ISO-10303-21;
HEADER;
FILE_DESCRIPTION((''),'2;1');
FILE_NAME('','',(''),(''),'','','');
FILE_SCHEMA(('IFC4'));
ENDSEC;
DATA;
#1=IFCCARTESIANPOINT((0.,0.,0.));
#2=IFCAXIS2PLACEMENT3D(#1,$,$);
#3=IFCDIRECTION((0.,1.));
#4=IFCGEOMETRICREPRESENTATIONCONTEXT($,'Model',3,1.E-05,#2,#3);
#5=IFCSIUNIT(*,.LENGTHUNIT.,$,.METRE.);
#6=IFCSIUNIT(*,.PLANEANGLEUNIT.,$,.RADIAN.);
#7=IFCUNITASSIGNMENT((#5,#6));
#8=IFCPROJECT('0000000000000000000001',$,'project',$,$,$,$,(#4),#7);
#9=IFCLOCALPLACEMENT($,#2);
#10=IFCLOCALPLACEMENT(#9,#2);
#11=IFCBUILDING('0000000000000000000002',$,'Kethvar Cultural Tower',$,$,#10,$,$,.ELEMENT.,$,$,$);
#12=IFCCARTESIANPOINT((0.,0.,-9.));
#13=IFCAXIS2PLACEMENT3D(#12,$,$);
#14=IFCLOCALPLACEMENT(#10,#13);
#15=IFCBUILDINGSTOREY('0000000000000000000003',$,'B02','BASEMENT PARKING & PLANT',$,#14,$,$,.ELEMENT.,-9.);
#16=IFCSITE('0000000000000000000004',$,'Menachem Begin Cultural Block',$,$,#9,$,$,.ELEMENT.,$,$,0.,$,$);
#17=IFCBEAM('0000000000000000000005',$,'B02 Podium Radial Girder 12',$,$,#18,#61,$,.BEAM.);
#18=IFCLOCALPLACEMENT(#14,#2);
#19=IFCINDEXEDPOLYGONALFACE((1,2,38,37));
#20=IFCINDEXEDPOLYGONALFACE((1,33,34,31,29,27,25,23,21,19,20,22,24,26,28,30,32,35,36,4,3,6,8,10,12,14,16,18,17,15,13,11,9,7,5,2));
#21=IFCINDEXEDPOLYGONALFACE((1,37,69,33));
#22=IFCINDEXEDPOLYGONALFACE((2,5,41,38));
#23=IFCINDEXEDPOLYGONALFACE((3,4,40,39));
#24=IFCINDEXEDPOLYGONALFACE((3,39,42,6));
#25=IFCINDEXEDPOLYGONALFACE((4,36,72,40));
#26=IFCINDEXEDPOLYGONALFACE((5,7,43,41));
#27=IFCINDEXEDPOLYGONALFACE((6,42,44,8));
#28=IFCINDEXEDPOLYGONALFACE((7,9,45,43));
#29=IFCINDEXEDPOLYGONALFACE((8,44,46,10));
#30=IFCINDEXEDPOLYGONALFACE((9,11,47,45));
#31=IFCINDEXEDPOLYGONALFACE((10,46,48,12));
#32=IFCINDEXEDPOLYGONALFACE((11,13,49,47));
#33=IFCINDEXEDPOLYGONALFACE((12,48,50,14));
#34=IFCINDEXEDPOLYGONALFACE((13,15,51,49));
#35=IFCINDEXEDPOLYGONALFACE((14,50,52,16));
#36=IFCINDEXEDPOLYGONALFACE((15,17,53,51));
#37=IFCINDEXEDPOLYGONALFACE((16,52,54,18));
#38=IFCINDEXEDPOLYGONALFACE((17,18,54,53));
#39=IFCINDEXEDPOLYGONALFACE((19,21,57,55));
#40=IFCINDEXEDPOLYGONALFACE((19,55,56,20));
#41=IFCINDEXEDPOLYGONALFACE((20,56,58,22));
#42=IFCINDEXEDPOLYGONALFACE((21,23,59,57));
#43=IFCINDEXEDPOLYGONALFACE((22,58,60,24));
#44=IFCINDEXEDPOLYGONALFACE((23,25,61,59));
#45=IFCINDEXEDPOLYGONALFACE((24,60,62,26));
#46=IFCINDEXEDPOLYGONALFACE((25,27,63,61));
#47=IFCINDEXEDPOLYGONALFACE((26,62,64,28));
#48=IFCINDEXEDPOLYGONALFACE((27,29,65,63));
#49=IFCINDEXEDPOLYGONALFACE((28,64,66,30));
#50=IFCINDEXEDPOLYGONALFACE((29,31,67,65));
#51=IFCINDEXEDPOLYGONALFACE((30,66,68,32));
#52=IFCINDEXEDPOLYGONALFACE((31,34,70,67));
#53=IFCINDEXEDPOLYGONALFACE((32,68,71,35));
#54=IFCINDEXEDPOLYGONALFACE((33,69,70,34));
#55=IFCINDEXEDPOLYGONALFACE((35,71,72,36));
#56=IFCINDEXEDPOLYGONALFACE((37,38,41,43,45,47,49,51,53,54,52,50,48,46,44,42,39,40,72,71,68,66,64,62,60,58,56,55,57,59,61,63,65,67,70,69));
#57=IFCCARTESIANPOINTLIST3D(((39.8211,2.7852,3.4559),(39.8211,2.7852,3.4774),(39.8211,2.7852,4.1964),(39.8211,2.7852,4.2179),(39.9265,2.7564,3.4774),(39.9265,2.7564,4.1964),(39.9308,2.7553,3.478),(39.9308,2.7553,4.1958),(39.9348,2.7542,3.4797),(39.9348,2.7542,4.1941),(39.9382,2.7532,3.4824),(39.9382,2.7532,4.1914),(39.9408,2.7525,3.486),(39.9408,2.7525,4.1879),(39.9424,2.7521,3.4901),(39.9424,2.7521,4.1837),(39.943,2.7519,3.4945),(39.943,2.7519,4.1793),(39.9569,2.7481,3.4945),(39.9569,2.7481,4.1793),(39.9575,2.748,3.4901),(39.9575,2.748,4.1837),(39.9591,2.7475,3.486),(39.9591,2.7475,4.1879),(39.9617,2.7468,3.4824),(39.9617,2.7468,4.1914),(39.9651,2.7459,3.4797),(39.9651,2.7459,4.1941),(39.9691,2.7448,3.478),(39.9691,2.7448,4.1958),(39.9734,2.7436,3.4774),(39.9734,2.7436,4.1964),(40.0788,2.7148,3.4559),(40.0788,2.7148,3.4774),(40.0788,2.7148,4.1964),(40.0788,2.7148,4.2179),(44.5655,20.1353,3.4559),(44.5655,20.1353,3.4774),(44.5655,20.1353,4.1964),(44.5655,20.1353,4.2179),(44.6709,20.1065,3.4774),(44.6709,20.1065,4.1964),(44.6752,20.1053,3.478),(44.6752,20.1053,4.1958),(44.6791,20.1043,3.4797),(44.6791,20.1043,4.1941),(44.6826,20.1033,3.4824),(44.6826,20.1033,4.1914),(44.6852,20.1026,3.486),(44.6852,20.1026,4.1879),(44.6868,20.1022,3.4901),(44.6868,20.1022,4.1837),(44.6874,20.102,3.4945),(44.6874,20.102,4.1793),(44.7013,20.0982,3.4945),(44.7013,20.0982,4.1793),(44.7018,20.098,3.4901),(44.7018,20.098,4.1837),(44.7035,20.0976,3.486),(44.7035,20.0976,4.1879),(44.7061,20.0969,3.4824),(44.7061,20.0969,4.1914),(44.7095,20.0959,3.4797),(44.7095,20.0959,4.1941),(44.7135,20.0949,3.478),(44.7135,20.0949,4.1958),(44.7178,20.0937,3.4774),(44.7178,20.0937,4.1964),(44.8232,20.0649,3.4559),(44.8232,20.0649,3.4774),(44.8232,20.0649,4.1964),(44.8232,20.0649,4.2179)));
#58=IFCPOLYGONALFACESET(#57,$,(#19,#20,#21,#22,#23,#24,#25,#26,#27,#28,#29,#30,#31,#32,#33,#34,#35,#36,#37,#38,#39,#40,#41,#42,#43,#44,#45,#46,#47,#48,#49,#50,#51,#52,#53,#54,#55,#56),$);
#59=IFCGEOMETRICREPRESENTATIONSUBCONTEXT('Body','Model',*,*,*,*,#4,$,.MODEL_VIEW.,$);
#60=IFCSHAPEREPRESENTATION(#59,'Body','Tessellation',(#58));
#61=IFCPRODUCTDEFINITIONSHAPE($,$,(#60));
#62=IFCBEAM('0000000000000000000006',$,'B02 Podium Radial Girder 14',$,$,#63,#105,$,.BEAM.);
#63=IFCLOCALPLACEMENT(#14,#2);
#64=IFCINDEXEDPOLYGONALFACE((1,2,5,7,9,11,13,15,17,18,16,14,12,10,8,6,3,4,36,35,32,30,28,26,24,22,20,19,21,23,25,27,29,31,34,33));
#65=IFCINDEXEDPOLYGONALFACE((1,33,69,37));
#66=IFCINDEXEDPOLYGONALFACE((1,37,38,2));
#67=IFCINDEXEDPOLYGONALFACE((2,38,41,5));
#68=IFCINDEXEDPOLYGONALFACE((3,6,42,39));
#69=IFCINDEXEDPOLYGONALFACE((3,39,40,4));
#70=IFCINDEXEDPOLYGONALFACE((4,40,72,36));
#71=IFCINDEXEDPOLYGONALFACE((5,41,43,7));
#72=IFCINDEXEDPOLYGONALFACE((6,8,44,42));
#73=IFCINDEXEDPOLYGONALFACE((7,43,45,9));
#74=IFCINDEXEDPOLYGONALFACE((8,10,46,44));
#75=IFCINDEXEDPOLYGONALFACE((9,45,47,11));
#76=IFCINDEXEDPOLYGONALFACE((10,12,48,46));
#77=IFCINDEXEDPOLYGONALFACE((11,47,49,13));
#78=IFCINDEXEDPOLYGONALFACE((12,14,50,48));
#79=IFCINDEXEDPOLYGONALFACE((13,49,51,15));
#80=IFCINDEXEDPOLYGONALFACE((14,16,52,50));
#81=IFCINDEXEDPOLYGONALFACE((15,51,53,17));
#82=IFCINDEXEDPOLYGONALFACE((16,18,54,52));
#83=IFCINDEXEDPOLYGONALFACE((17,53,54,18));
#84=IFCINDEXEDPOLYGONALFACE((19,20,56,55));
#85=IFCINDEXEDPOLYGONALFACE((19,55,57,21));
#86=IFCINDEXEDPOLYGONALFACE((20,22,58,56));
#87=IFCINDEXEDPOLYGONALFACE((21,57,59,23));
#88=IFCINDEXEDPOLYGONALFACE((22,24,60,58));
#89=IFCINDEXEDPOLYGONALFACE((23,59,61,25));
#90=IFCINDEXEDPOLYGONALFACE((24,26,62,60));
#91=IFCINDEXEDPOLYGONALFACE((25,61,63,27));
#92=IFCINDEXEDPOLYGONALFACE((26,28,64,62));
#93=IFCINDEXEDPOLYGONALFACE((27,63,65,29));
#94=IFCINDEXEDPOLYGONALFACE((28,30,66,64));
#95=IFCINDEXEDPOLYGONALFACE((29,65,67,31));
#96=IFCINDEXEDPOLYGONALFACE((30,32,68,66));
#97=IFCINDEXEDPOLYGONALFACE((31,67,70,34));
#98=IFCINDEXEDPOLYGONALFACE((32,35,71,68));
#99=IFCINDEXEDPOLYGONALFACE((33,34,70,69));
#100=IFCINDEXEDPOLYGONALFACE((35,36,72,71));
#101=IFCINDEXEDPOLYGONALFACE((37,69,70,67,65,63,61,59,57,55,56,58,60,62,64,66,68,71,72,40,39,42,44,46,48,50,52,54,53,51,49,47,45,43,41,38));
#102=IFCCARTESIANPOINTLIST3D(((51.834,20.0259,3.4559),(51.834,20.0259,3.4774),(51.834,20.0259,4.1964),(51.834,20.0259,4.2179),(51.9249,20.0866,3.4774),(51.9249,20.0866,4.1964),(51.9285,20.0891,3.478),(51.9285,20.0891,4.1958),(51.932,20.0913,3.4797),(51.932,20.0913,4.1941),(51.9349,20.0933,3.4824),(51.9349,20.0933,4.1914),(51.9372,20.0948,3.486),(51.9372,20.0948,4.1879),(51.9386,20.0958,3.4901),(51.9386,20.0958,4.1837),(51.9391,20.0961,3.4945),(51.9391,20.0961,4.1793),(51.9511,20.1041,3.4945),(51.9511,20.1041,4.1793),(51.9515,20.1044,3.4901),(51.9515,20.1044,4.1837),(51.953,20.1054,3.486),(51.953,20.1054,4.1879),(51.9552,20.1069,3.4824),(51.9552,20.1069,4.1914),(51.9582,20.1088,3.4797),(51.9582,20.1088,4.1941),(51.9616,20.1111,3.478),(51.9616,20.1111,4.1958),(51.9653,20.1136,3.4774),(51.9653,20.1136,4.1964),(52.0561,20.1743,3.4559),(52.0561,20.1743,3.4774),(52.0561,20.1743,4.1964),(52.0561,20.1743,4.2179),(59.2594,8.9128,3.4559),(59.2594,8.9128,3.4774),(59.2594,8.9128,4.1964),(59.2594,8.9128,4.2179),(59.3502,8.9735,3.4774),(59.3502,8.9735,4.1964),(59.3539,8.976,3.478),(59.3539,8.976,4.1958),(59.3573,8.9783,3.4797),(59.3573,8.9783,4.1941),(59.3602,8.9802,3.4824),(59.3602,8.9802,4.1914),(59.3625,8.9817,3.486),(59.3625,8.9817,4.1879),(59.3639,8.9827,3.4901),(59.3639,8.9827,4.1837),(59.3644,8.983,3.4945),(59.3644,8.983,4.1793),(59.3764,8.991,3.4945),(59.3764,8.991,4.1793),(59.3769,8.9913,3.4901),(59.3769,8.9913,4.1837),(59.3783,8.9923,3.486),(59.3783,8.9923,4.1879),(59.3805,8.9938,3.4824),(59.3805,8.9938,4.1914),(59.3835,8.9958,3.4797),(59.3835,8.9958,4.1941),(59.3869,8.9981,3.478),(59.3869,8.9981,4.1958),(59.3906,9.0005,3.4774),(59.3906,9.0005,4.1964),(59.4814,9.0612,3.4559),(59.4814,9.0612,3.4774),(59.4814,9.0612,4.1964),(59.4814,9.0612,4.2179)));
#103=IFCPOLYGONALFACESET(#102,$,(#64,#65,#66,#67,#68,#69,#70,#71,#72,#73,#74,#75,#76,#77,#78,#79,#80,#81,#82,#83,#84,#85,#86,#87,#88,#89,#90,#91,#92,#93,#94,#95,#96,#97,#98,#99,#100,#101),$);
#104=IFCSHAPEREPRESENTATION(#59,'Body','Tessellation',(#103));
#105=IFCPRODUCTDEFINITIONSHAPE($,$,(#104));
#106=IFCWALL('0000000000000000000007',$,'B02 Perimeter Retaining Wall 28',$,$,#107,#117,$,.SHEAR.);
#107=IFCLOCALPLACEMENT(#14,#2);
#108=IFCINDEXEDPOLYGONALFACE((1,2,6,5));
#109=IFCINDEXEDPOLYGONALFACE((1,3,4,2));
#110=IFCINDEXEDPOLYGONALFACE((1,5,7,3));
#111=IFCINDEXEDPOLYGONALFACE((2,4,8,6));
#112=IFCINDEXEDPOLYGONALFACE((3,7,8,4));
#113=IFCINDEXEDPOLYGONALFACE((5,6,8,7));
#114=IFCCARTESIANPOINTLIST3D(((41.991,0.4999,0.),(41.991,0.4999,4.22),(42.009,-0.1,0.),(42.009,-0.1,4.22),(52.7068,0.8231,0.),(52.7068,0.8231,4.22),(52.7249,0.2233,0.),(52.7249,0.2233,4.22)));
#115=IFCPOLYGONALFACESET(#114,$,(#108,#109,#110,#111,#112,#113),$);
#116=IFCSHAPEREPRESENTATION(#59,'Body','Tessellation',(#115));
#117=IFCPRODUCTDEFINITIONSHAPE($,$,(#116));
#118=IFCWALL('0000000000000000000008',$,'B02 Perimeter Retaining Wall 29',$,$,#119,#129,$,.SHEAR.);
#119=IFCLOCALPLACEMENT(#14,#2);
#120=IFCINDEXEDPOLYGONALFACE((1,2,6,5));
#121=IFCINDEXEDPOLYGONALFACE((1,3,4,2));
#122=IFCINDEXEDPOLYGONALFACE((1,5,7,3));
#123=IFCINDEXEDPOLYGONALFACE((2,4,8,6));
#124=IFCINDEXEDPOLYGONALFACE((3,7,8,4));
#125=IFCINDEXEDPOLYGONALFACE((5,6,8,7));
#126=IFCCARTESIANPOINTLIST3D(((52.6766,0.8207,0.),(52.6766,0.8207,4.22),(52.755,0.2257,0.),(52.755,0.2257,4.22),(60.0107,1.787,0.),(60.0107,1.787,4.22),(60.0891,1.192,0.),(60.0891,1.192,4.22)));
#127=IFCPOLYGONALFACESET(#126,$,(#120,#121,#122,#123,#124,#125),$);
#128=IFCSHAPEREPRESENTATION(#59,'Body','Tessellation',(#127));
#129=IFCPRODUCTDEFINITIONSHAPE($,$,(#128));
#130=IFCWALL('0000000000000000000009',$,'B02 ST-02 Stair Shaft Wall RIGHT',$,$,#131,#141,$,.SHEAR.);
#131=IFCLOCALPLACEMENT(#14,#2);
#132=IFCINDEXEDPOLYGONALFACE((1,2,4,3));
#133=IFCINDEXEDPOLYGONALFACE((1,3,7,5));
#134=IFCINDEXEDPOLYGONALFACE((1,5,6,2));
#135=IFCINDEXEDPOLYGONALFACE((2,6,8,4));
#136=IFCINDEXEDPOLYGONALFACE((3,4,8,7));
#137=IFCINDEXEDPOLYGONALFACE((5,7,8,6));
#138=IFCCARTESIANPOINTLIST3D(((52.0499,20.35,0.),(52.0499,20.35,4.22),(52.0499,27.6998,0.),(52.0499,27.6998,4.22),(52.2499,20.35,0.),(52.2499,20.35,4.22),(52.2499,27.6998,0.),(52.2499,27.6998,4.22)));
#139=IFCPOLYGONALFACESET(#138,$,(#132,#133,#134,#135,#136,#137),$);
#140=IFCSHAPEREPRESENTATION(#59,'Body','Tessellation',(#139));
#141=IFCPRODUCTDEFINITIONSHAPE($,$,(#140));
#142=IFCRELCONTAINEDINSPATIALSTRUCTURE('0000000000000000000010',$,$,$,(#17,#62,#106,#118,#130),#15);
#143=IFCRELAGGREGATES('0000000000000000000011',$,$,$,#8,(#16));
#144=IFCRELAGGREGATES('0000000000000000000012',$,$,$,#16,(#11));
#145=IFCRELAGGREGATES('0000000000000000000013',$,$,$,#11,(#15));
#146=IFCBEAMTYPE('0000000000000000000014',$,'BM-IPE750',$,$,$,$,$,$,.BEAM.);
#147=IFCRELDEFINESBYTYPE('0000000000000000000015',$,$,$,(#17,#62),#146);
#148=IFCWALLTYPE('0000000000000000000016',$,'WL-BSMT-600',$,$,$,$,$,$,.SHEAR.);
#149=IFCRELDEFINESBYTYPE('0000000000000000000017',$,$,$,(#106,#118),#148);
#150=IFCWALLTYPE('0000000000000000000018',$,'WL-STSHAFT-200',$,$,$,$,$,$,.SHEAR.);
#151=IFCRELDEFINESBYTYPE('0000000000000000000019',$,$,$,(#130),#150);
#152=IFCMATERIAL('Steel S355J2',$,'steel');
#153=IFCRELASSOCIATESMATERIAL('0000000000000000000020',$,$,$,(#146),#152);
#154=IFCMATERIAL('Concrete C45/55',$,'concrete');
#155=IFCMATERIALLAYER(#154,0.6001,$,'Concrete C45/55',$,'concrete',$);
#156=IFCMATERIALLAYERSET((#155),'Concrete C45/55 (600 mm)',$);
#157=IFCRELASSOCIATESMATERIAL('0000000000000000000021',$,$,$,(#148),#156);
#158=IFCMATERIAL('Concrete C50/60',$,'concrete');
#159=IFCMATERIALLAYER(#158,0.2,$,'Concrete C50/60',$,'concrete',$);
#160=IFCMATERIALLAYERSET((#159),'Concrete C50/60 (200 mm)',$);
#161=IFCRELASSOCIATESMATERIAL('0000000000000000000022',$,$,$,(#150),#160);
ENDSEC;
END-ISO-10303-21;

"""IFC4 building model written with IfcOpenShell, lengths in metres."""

from ifc_helpers import new_model, si_unit, direction, frame, frame_2d, origin, origin_2d, place, context, subcontext, project, spatial, rectangle, i_section, extrude, source, transform, mapped, material, layer, layer_set, material_profile, profile_set, type_object, element, save


model = new_model("IFC4")

# Units and contexts
model_context = context("Model", 3, precision=1e-05, world=origin(), true_north=direction((0.0, 1.0)))
body_context = subcontext(model_context, "Body", "Model", "MODEL_VIEW")
ifc_project = project(units=[si_unit("LENGTHUNIT", "METRE"), si_unit("PLANEANGLEUNIT", "RADIAN")], contexts=[model_context])

# Site, building, storey
site_placement = place(None, origin())
site = spatial("IfcSite", under=ifc_project, at=site_placement, Name="Menachem Begin Cultural Block", CompositionType="ELEMENT", RefElevation=0.0)
building_placement = place(site_placement, origin())
building = spatial("IfcBuilding", under=site, at=building_placement, Name="Kethvar Cultural Tower", CompositionType="ELEMENT")
storey_placement = place(building_placement, frame((0.0, 0.0, -9.0)))
storey = spatial("IfcBuildingStorey", under=building, at=storey_placement, Name="B02", Description="BASEMENT PARKING & PLANT", CompositionType="ELEMENT", Elevation=-9.0)

# Shared definitions
ifc_material_1 = material(Name="Concrete C45/55", Category="concrete")

# Beams
ifc_material_2 = material(Name="Steel S355J2", Category="steel")
ifc_material_profile_1 = material_profile(ifc_material_2, i_section(OverallWidth=0.2671, OverallDepth=0.762, WebThickness=0.0144, FlangeThickness=0.0215, FilletRadius=0.0171, at=origin_2d()), Name="Steel S355J2 — IPE750x173")
ifc_profile_set_1 = profile_set([ifc_material_profile_1], Name="Steel S355J2 — IPE750x173")
beam_type_1 = type_object("IfcBeamType", Name="BM-IPE750", PredefinedType="BEAM", material=ifc_profile_set_1)
shared_shape_1 = source(origin(), body_context, "Body", "SweptSolid", [
    extrude(i_section(OverallWidth=0.2671, OverallDepth=0.762, WebThickness=0.0144, FlangeThickness=0.0215, FilletRadius=0.0171, at=origin_2d()), origin(), (0.0, 0.0, 1.0), 17.9871),
])
beam_1_placement = place(storey_placement, frame((44.6943, 20.1001, 3.8369), z_axis=(-0.263766, -0.964587, 0.0), x_axis=(0.964587, -0.263766, 0.0)))
element("IfcBeam", 1, at=beam_1_placement, inside=storey, type_object=beam_type_1, Name="B02 Podium Radial Girder 12", PredefinedType="BEAM", context=body_context, shape_type="MappedRepresentation", body=[
    mapped(shared_shape_1, transform((0.0, 0.0, 0.0), scale=1.0)),
])
shared_shape_2 = source(origin(), body_context, "Body", "SweptSolid", [
    extrude(i_section(OverallWidth=0.2671, OverallDepth=0.762, WebThickness=0.0144, FlangeThickness=0.0215, FilletRadius=0.0171, at=origin_2d()), origin(), (0.0, 0.0, 1.0), 13.3655),
])
beam_2_placement = place(storey_placement, frame((51.9451, 20.1001, 3.8369), z_axis=(0.55556, -0.831477, 0.0), x_axis=(0.831477, 0.55556, 0.0)))
element("IfcBeam", 2, at=beam_2_placement, inside=storey, type_object=beam_type_1, Name="B02 Podium Radial Girder 14", PredefinedType="BEAM", context=body_context, shape_type="MappedRepresentation", body=[
    mapped(shared_shape_2, transform((0.0, 0.0, 0.0), scale=1.0)),
])

# Walls
ifc_layer_1 = layer(ifc_material_1, 0.6001, Name="Concrete C45/55", Category="concrete")
ifc_layer_set_1 = layer_set([ifc_layer_1], Name="Concrete C45/55 (600 mm)")
wall_type_1 = type_object("IfcWallType", Name="WL-BSMT-600", PredefinedType="SHEAR", material=ifc_layer_set_1)
wall_1_placement = place(storey_placement, frame((42.0, 0.2, 0.0), z_axis=(0.0, 0.0, 1.0), x_axis=(0.999545, 0.030151, 0.0)))
element("IfcWall", 3, at=wall_1_placement, inside=storey, type_object=wall_type_1, Name="B02 Perimeter Retaining Wall 28", PredefinedType="SHEAR", context=body_context, shape_type="SweptSolid", body=[
    extrude(rectangle(XDim=10.7207, YDim=0.6001, at=frame_2d((5.3604, 0.0))), origin(), (0.0, 0.0, 1.0), 4.22),
])
wall_2_placement = place(storey_placement, frame((52.7158, 0.5232, 0.0), z_axis=(0.0, 0.0, 1.0), x_axis=(0.991431, 0.130629, 0.0)))
element("IfcWall", 4, at=wall_2_placement, inside=storey, type_object=wall_type_1, Name="B02 Perimeter Retaining Wall 29", PredefinedType="SHEAR", context=body_context, shape_type="SweptSolid", body=[
    extrude(rectangle(XDim=7.3975, YDim=0.6001, at=frame_2d((3.6987, 0.0))), origin(), (0.0, 0.0, 1.0), 4.22),
])
ifc_material_3 = material(Name="Concrete C50/60", Category="concrete")
ifc_layer_2 = layer(ifc_material_3, 0.2, Name="Concrete C50/60", Category="concrete")
ifc_layer_set_2 = layer_set([ifc_layer_2], Name="Concrete C50/60 (200 mm)")
wall_type_2 = type_object("IfcWallType", Name="WL-STSHAFT-200", PredefinedType="SHEAR", material=ifc_layer_set_2)
wall_3_placement = place(storey_placement, frame((52.1499, 20.3501, 0.0), z_axis=(0.0, 0.0, 1.0), x_axis=(0.0, 1.0, 0.0)))
element("IfcWall", 5, at=wall_3_placement, inside=storey, type_object=wall_type_2, Name="B02 ST-02 Stair Shaft Wall RIGHT", PredefinedType="SHEAR", context=body_context, shape_type="SweptSolid", body=[
    extrude(rectangle(XDim=7.3499, YDim=0.2, at=frame_2d((3.6748, 0.0))), origin(), (0.0, 0.0, 1.0), 4.22),
])

save(model, "model.ifc")
